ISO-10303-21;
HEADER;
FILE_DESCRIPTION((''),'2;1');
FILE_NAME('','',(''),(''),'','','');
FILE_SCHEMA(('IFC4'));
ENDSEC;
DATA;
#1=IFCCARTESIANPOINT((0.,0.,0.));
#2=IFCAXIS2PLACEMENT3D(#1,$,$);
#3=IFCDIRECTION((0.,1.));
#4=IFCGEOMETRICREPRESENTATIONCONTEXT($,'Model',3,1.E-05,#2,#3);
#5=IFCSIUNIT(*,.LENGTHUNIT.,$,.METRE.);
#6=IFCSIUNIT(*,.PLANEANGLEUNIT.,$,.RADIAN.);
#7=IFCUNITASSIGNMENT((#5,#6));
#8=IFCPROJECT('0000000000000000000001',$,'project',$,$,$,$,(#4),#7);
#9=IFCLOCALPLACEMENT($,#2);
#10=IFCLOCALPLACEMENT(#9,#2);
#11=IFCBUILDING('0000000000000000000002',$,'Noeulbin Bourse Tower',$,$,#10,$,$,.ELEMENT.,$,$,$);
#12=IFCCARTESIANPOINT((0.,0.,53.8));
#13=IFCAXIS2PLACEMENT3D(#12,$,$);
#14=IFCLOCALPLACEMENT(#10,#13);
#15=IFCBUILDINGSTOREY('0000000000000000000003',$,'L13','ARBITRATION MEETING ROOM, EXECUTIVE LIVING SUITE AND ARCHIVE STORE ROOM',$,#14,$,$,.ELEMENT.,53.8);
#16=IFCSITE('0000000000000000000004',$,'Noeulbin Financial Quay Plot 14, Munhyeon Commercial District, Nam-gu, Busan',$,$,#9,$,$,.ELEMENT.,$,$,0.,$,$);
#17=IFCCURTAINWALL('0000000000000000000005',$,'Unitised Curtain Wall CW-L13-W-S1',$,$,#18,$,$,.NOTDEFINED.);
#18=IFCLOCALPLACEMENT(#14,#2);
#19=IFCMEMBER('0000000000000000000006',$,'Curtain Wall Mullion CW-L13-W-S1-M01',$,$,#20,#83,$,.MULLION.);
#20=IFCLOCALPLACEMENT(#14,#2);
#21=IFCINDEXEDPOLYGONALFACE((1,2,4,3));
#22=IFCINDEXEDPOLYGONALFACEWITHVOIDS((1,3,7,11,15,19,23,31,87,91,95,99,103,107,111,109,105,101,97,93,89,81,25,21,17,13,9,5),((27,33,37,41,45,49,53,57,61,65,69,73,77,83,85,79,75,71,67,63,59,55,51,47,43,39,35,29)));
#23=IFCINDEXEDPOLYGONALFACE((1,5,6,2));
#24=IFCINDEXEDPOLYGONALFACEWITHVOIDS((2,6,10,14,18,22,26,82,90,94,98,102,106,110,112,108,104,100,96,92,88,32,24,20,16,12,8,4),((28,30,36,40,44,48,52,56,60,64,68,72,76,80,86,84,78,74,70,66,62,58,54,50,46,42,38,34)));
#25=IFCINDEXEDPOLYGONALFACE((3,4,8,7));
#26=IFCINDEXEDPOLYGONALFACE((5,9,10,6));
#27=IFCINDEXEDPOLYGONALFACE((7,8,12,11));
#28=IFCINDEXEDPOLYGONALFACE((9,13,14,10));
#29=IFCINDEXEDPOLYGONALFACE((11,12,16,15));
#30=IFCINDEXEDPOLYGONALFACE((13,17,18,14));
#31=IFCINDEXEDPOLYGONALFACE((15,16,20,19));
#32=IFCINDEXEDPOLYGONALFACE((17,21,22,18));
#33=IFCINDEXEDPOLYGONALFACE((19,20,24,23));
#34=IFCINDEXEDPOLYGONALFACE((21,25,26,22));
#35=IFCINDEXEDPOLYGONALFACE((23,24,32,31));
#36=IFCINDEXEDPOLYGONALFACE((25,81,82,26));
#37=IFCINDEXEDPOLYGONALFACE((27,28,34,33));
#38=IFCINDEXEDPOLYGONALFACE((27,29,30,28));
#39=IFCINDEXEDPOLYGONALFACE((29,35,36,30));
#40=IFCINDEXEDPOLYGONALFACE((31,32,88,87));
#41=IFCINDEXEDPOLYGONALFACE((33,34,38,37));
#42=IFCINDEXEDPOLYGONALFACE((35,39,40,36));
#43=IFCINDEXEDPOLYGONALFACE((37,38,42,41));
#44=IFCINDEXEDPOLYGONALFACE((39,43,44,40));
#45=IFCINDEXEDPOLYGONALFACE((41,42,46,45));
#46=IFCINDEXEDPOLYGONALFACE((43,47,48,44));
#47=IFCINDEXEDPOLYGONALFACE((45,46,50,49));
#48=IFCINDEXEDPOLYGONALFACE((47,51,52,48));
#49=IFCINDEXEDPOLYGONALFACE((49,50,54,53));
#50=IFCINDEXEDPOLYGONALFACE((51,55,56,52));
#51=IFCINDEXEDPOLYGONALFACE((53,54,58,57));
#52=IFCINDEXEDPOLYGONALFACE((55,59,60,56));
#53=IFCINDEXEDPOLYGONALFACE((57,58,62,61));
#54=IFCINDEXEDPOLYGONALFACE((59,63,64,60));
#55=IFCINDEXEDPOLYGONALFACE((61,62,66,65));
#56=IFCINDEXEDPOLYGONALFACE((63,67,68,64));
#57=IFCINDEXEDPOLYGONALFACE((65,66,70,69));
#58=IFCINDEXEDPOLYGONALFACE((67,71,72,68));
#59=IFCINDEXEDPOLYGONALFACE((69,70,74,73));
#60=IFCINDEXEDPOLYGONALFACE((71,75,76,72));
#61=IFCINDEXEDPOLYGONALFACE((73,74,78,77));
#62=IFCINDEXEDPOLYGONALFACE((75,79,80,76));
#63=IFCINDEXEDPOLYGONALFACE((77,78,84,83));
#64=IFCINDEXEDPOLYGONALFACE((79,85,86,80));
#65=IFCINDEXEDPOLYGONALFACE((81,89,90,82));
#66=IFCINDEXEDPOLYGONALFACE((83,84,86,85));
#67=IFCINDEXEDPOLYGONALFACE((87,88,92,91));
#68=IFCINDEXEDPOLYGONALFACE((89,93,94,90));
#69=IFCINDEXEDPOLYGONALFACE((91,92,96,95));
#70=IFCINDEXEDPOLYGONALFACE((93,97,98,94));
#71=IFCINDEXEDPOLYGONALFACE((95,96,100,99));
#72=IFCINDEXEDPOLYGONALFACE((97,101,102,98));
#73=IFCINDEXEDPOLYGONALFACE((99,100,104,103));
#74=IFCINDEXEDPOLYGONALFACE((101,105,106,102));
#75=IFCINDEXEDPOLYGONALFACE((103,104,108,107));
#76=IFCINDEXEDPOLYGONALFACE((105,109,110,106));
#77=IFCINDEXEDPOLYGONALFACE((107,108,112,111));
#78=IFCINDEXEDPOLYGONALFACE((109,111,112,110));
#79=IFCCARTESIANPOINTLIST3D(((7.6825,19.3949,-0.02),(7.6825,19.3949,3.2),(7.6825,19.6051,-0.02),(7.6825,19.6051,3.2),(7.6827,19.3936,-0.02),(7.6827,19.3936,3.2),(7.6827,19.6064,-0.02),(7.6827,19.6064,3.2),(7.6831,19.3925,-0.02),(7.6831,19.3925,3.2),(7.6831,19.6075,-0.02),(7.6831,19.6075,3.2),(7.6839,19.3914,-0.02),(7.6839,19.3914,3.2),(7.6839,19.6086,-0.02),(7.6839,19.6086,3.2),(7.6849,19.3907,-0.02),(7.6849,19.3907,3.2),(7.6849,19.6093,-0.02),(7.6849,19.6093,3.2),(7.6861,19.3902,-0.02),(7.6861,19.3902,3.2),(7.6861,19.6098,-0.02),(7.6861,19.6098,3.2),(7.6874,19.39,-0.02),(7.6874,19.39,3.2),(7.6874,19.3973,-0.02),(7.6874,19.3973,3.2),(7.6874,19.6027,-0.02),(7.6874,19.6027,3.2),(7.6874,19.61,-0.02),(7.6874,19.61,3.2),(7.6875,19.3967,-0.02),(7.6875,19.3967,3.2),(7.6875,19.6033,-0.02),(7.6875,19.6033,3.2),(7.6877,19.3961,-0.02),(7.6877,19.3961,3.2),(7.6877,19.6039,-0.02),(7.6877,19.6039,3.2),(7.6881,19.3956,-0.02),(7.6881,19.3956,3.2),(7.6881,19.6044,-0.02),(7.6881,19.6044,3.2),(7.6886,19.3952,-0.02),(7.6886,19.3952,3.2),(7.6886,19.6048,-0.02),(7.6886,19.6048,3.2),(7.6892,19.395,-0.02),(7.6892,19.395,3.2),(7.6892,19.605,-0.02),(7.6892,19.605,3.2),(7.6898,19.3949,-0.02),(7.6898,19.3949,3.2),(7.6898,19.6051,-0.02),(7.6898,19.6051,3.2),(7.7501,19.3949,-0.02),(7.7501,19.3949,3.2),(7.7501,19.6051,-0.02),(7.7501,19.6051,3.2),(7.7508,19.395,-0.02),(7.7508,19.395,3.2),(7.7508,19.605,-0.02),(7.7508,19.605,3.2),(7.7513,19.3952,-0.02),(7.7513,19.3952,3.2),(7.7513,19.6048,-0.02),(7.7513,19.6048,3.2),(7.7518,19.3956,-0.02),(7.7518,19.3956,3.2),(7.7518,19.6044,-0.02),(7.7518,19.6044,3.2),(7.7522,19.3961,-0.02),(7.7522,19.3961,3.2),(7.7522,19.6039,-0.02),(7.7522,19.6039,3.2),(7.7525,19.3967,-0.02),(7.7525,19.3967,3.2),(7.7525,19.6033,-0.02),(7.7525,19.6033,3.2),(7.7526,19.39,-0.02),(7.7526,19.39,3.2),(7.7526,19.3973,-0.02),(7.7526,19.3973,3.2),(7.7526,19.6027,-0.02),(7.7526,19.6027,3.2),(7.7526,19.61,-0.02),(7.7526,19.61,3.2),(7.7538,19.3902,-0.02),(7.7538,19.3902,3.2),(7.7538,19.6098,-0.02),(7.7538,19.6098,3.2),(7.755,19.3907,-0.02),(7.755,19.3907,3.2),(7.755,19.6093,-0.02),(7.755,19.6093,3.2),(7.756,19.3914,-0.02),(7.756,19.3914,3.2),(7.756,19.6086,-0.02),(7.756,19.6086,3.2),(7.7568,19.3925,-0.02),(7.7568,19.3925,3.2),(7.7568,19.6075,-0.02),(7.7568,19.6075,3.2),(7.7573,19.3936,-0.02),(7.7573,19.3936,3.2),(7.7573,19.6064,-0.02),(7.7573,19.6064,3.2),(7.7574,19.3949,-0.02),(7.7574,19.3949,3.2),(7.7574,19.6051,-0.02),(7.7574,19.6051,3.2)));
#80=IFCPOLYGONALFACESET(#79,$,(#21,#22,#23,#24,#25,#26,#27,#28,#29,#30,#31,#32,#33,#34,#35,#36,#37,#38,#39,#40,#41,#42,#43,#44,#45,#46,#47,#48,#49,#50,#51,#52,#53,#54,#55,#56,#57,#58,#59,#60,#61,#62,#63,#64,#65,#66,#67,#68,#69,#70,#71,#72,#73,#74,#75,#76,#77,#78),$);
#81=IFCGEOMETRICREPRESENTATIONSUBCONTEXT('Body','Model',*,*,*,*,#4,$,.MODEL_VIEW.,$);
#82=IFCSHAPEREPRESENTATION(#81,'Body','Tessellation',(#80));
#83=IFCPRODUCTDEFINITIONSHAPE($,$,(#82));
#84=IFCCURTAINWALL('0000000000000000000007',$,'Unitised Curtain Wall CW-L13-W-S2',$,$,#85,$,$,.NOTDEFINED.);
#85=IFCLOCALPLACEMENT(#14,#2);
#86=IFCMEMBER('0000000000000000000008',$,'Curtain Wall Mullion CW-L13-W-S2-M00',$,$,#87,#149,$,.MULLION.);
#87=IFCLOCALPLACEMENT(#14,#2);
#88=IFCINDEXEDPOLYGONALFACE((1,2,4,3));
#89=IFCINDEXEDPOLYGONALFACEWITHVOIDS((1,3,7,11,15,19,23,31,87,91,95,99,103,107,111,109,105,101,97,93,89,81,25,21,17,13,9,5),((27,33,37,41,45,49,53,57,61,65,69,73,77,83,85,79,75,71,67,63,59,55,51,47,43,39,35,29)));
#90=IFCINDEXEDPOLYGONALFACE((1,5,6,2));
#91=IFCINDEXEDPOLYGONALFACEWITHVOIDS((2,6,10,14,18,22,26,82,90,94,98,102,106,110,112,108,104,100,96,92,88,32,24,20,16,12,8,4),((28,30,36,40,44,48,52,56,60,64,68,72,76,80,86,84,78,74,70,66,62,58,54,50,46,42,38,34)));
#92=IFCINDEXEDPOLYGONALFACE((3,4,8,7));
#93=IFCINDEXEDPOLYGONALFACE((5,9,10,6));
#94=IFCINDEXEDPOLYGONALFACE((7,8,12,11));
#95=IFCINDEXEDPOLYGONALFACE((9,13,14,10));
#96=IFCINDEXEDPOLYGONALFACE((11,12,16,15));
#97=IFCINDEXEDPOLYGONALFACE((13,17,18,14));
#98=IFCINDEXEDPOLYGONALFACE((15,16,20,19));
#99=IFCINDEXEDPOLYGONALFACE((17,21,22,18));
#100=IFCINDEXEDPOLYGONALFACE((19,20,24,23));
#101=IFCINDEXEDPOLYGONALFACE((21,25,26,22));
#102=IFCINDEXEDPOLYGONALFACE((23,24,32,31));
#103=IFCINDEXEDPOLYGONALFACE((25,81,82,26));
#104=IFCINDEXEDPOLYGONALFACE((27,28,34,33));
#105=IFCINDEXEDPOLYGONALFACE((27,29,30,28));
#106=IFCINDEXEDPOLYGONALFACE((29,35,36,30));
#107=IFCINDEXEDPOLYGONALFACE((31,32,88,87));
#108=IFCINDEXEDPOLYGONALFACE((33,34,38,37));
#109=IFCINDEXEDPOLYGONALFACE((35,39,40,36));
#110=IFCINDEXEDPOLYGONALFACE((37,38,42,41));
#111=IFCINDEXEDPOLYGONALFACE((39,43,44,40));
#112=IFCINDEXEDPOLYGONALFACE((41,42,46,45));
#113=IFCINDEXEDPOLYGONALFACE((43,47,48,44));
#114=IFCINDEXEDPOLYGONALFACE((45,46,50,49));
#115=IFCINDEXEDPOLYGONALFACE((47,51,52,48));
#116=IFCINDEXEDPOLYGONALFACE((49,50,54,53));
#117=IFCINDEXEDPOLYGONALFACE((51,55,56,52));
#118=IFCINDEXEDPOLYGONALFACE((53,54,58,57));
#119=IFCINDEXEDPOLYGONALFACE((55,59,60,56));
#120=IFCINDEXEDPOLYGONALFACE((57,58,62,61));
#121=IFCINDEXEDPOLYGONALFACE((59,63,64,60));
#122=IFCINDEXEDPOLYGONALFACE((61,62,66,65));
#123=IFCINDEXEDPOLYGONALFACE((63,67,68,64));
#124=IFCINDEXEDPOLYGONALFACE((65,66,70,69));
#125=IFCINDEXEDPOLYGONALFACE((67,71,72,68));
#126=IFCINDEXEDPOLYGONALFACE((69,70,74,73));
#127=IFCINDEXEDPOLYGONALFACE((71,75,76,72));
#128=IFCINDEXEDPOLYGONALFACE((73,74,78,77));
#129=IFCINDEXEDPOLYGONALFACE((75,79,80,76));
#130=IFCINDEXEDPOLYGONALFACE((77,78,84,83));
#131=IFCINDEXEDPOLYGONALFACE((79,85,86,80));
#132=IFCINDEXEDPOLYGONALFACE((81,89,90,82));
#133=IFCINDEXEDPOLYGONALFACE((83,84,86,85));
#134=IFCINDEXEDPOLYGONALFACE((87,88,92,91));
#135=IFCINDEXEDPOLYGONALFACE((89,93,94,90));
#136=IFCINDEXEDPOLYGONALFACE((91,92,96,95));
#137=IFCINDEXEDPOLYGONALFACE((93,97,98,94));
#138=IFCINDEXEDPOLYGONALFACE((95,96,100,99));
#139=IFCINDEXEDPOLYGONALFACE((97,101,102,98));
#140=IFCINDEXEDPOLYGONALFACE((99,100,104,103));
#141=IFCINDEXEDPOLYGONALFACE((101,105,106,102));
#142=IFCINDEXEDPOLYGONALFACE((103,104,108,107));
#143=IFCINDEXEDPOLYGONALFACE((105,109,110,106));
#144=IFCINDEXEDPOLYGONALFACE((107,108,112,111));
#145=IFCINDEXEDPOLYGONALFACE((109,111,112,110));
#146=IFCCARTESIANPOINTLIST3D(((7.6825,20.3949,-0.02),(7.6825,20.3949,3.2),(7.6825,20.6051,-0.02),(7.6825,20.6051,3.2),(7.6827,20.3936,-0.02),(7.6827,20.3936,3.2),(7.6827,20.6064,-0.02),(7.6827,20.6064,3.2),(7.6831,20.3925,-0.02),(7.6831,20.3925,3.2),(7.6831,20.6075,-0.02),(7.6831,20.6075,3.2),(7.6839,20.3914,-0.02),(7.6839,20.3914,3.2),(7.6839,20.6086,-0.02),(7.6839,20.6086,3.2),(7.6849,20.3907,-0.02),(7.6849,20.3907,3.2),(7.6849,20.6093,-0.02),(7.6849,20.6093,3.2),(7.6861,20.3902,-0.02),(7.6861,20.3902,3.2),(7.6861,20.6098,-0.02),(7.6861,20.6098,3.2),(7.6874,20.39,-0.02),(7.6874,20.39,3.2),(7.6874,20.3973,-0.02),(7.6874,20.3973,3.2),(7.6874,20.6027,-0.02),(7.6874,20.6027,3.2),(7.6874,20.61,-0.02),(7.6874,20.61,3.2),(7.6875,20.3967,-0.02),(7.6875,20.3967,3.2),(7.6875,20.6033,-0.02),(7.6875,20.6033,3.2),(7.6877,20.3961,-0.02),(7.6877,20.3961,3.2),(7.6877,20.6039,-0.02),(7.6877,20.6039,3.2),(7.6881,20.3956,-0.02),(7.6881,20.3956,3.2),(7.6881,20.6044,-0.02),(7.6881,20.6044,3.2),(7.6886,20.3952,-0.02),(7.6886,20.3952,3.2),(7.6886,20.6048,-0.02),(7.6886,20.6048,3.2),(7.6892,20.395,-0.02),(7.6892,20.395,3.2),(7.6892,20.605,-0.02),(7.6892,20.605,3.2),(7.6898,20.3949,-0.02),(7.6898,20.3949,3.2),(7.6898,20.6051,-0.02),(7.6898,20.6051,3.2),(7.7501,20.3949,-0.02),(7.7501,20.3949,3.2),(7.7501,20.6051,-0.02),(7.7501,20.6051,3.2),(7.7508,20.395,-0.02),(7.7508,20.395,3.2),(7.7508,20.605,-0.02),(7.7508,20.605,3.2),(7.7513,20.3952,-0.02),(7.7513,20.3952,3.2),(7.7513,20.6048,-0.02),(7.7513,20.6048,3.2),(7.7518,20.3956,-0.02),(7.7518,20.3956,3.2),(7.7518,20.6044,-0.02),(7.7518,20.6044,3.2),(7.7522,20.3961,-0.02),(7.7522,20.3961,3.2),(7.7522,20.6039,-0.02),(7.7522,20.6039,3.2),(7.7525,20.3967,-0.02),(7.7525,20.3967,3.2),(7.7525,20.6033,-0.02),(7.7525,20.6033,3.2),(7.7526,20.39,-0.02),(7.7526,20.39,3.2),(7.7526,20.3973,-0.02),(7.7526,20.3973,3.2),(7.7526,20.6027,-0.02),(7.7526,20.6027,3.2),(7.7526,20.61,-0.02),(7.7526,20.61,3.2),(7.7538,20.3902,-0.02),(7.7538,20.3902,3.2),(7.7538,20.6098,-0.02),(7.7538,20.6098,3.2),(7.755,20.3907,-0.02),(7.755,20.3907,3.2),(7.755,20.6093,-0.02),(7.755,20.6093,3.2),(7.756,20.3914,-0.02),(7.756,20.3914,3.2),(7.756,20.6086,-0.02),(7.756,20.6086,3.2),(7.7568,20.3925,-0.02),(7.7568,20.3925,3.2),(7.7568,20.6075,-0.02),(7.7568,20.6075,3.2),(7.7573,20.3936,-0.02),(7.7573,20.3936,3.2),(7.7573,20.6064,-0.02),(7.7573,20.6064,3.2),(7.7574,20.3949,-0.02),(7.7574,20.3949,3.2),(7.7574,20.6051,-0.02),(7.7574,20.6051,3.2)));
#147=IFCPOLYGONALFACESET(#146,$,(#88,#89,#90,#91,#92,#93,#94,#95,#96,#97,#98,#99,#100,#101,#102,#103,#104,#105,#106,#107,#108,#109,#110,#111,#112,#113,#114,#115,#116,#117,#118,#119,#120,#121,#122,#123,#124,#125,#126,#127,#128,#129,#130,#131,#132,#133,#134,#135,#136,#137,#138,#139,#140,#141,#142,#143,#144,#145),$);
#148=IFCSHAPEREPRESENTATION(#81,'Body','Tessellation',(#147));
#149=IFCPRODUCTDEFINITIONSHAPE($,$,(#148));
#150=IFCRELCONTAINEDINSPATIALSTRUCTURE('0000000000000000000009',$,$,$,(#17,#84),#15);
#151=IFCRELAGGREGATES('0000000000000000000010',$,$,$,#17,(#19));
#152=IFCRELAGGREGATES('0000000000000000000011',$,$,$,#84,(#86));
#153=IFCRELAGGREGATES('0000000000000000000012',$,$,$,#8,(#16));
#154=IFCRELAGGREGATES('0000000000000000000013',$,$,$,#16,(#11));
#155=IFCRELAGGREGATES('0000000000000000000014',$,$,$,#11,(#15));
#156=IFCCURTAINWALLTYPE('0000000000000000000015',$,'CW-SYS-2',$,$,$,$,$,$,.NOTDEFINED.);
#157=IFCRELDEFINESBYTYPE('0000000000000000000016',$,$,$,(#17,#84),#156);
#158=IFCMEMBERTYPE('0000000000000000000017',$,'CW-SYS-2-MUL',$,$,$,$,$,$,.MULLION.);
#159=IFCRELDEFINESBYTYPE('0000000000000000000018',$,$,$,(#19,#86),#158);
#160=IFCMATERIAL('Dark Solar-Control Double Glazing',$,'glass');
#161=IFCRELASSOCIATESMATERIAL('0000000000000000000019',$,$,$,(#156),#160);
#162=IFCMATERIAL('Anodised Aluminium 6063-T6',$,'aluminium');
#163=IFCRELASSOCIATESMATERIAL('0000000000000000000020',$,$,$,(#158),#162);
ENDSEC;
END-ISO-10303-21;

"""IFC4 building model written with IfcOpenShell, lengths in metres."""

from ifc_helpers import new_model, si_unit, direction, frame, origin, origin_2d, place, context, subcontext, project, spatial, hollow_rectangle, extrude, material, material_profile, profile_set, type_object, element, aggregate, save


model = new_model("IFC4")

# Units and contexts
model_context = context("Model", 3, precision=1e-05, world=origin(), true_north=direction((0.0, 1.0)))
body_context = subcontext(model_context, "Body", "Model", "MODEL_VIEW")
ifc_project = project(units=[si_unit("LENGTHUNIT", "METRE"), si_unit("PLANEANGLEUNIT", "RADIAN")], contexts=[model_context])

# Site, building, storey
site_placement = place(None, origin())
site = spatial("IfcSite", under=ifc_project, at=site_placement, Name="Noeulbin Financial Quay Plot 14, Munhyeon Commercial District, Nam-gu, Busan", CompositionType="ELEMENT", RefElevation=0.0)
building_placement = place(site_placement, origin())
building = spatial("IfcBuilding", under=site, at=building_placement, Name="Noeulbin Bourse Tower", CompositionType="ELEMENT")
storey_placement = place(building_placement, frame((0.0, 0.0, 53.8)))
storey = spatial("IfcBuildingStorey", under=building, at=storey_placement, Name="L13", Description="ARBITRATION MEETING ROOM, EXECUTIVE LIVING SUITE AND ARCHIVE STORE ROOM", CompositionType="ELEMENT", Elevation=53.8)

# Curtain wall, member
ifc_material_1 = material(Name="Dark Solar-Control Double Glazing", Category="glass")
curtain_wall_type = type_object("IfcCurtainWallType", Name="CW-SYS-2", PredefinedType="NOTDEFINED", material=ifc_material_1)
curtain_wall_1_placement = place(storey_placement, origin())
curtain_wall_1 = element("IfcCurtainWall", 1, at=curtain_wall_1_placement, inside=storey, type_object=curtain_wall_type, Name="Unitised Curtain Wall CW-L13-W-S1", PredefinedType="NOTDEFINED")
ifc_material_2 = material(Name="Anodised Aluminium 6063-T6", Category="aluminium")
ifc_material_profile_1 = material_profile(ifc_material_2, hollow_rectangle(XDim=0.075, YDim=0.22, WallThickness=0.0049, InnerFilletRadius=0.0024, OuterFilletRadius=0.0049, at=origin_2d()), Name="ALU-MULL-75x220x5", Category="LoadBearing")
ifc_profile_set_1 = profile_set([ifc_material_profile_1], Name="Anodised Aluminium 6063-T6")
member_type_1 = type_object("IfcMemberType", Name="CW-SYS-2-MUL", PredefinedType="MULLION", material=ifc_profile_set_1)
member_1_placement = place(storey_placement, frame((7.72, 19.5, -0.02), z_axis=(0.0, 0.0, 1.0), x_axis=(1.0, 0.0, 0.0)))
member_1 = element("IfcMember", 2, at=member_1_placement, type_object=member_type_1, Name="Curtain Wall Mullion CW-L13-W-S1-M01", PredefinedType="MULLION", context=body_context, shape_type="SweptSolid", body=[
    extrude(hollow_rectangle(XDim=0.075, YDim=0.22, WallThickness=0.0049, InnerFilletRadius=0.0024, OuterFilletRadius=0.0049, at=origin_2d()), origin(), (0.0, 0.0, 1.0), 3.22),
])

# Curtain wall, member
curtain_wall_2_placement = place(storey_placement, origin())
curtain_wall_2 = element("IfcCurtainWall", 3, at=curtain_wall_2_placement, inside=storey, type_object=curtain_wall_type, Name="Unitised Curtain Wall CW-L13-W-S2", PredefinedType="NOTDEFINED")
member_2_placement = place(storey_placement, frame((7.72, 20.5, -0.02), z_axis=(0.0, 0.0, 1.0), x_axis=(1.0, 0.0, 0.0)))
member_2 = element("IfcMember", 4, at=member_2_placement, type_object=member_type_1, Name="Curtain Wall Mullion CW-L13-W-S2-M00", PredefinedType="MULLION", context=body_context, shape_type="SweptSolid", body=[
    extrude(hollow_rectangle(XDim=0.075, YDim=0.22, WallThickness=0.0049, InnerFilletRadius=0.0024, OuterFilletRadius=0.0049, at=origin_2d()), origin(), (0.0, 0.0, 1.0), 3.22),
])

aggregate(curtain_wall_1, [member_1])
aggregate(curtain_wall_2, [member_2])

save(model, "model.ifc")
